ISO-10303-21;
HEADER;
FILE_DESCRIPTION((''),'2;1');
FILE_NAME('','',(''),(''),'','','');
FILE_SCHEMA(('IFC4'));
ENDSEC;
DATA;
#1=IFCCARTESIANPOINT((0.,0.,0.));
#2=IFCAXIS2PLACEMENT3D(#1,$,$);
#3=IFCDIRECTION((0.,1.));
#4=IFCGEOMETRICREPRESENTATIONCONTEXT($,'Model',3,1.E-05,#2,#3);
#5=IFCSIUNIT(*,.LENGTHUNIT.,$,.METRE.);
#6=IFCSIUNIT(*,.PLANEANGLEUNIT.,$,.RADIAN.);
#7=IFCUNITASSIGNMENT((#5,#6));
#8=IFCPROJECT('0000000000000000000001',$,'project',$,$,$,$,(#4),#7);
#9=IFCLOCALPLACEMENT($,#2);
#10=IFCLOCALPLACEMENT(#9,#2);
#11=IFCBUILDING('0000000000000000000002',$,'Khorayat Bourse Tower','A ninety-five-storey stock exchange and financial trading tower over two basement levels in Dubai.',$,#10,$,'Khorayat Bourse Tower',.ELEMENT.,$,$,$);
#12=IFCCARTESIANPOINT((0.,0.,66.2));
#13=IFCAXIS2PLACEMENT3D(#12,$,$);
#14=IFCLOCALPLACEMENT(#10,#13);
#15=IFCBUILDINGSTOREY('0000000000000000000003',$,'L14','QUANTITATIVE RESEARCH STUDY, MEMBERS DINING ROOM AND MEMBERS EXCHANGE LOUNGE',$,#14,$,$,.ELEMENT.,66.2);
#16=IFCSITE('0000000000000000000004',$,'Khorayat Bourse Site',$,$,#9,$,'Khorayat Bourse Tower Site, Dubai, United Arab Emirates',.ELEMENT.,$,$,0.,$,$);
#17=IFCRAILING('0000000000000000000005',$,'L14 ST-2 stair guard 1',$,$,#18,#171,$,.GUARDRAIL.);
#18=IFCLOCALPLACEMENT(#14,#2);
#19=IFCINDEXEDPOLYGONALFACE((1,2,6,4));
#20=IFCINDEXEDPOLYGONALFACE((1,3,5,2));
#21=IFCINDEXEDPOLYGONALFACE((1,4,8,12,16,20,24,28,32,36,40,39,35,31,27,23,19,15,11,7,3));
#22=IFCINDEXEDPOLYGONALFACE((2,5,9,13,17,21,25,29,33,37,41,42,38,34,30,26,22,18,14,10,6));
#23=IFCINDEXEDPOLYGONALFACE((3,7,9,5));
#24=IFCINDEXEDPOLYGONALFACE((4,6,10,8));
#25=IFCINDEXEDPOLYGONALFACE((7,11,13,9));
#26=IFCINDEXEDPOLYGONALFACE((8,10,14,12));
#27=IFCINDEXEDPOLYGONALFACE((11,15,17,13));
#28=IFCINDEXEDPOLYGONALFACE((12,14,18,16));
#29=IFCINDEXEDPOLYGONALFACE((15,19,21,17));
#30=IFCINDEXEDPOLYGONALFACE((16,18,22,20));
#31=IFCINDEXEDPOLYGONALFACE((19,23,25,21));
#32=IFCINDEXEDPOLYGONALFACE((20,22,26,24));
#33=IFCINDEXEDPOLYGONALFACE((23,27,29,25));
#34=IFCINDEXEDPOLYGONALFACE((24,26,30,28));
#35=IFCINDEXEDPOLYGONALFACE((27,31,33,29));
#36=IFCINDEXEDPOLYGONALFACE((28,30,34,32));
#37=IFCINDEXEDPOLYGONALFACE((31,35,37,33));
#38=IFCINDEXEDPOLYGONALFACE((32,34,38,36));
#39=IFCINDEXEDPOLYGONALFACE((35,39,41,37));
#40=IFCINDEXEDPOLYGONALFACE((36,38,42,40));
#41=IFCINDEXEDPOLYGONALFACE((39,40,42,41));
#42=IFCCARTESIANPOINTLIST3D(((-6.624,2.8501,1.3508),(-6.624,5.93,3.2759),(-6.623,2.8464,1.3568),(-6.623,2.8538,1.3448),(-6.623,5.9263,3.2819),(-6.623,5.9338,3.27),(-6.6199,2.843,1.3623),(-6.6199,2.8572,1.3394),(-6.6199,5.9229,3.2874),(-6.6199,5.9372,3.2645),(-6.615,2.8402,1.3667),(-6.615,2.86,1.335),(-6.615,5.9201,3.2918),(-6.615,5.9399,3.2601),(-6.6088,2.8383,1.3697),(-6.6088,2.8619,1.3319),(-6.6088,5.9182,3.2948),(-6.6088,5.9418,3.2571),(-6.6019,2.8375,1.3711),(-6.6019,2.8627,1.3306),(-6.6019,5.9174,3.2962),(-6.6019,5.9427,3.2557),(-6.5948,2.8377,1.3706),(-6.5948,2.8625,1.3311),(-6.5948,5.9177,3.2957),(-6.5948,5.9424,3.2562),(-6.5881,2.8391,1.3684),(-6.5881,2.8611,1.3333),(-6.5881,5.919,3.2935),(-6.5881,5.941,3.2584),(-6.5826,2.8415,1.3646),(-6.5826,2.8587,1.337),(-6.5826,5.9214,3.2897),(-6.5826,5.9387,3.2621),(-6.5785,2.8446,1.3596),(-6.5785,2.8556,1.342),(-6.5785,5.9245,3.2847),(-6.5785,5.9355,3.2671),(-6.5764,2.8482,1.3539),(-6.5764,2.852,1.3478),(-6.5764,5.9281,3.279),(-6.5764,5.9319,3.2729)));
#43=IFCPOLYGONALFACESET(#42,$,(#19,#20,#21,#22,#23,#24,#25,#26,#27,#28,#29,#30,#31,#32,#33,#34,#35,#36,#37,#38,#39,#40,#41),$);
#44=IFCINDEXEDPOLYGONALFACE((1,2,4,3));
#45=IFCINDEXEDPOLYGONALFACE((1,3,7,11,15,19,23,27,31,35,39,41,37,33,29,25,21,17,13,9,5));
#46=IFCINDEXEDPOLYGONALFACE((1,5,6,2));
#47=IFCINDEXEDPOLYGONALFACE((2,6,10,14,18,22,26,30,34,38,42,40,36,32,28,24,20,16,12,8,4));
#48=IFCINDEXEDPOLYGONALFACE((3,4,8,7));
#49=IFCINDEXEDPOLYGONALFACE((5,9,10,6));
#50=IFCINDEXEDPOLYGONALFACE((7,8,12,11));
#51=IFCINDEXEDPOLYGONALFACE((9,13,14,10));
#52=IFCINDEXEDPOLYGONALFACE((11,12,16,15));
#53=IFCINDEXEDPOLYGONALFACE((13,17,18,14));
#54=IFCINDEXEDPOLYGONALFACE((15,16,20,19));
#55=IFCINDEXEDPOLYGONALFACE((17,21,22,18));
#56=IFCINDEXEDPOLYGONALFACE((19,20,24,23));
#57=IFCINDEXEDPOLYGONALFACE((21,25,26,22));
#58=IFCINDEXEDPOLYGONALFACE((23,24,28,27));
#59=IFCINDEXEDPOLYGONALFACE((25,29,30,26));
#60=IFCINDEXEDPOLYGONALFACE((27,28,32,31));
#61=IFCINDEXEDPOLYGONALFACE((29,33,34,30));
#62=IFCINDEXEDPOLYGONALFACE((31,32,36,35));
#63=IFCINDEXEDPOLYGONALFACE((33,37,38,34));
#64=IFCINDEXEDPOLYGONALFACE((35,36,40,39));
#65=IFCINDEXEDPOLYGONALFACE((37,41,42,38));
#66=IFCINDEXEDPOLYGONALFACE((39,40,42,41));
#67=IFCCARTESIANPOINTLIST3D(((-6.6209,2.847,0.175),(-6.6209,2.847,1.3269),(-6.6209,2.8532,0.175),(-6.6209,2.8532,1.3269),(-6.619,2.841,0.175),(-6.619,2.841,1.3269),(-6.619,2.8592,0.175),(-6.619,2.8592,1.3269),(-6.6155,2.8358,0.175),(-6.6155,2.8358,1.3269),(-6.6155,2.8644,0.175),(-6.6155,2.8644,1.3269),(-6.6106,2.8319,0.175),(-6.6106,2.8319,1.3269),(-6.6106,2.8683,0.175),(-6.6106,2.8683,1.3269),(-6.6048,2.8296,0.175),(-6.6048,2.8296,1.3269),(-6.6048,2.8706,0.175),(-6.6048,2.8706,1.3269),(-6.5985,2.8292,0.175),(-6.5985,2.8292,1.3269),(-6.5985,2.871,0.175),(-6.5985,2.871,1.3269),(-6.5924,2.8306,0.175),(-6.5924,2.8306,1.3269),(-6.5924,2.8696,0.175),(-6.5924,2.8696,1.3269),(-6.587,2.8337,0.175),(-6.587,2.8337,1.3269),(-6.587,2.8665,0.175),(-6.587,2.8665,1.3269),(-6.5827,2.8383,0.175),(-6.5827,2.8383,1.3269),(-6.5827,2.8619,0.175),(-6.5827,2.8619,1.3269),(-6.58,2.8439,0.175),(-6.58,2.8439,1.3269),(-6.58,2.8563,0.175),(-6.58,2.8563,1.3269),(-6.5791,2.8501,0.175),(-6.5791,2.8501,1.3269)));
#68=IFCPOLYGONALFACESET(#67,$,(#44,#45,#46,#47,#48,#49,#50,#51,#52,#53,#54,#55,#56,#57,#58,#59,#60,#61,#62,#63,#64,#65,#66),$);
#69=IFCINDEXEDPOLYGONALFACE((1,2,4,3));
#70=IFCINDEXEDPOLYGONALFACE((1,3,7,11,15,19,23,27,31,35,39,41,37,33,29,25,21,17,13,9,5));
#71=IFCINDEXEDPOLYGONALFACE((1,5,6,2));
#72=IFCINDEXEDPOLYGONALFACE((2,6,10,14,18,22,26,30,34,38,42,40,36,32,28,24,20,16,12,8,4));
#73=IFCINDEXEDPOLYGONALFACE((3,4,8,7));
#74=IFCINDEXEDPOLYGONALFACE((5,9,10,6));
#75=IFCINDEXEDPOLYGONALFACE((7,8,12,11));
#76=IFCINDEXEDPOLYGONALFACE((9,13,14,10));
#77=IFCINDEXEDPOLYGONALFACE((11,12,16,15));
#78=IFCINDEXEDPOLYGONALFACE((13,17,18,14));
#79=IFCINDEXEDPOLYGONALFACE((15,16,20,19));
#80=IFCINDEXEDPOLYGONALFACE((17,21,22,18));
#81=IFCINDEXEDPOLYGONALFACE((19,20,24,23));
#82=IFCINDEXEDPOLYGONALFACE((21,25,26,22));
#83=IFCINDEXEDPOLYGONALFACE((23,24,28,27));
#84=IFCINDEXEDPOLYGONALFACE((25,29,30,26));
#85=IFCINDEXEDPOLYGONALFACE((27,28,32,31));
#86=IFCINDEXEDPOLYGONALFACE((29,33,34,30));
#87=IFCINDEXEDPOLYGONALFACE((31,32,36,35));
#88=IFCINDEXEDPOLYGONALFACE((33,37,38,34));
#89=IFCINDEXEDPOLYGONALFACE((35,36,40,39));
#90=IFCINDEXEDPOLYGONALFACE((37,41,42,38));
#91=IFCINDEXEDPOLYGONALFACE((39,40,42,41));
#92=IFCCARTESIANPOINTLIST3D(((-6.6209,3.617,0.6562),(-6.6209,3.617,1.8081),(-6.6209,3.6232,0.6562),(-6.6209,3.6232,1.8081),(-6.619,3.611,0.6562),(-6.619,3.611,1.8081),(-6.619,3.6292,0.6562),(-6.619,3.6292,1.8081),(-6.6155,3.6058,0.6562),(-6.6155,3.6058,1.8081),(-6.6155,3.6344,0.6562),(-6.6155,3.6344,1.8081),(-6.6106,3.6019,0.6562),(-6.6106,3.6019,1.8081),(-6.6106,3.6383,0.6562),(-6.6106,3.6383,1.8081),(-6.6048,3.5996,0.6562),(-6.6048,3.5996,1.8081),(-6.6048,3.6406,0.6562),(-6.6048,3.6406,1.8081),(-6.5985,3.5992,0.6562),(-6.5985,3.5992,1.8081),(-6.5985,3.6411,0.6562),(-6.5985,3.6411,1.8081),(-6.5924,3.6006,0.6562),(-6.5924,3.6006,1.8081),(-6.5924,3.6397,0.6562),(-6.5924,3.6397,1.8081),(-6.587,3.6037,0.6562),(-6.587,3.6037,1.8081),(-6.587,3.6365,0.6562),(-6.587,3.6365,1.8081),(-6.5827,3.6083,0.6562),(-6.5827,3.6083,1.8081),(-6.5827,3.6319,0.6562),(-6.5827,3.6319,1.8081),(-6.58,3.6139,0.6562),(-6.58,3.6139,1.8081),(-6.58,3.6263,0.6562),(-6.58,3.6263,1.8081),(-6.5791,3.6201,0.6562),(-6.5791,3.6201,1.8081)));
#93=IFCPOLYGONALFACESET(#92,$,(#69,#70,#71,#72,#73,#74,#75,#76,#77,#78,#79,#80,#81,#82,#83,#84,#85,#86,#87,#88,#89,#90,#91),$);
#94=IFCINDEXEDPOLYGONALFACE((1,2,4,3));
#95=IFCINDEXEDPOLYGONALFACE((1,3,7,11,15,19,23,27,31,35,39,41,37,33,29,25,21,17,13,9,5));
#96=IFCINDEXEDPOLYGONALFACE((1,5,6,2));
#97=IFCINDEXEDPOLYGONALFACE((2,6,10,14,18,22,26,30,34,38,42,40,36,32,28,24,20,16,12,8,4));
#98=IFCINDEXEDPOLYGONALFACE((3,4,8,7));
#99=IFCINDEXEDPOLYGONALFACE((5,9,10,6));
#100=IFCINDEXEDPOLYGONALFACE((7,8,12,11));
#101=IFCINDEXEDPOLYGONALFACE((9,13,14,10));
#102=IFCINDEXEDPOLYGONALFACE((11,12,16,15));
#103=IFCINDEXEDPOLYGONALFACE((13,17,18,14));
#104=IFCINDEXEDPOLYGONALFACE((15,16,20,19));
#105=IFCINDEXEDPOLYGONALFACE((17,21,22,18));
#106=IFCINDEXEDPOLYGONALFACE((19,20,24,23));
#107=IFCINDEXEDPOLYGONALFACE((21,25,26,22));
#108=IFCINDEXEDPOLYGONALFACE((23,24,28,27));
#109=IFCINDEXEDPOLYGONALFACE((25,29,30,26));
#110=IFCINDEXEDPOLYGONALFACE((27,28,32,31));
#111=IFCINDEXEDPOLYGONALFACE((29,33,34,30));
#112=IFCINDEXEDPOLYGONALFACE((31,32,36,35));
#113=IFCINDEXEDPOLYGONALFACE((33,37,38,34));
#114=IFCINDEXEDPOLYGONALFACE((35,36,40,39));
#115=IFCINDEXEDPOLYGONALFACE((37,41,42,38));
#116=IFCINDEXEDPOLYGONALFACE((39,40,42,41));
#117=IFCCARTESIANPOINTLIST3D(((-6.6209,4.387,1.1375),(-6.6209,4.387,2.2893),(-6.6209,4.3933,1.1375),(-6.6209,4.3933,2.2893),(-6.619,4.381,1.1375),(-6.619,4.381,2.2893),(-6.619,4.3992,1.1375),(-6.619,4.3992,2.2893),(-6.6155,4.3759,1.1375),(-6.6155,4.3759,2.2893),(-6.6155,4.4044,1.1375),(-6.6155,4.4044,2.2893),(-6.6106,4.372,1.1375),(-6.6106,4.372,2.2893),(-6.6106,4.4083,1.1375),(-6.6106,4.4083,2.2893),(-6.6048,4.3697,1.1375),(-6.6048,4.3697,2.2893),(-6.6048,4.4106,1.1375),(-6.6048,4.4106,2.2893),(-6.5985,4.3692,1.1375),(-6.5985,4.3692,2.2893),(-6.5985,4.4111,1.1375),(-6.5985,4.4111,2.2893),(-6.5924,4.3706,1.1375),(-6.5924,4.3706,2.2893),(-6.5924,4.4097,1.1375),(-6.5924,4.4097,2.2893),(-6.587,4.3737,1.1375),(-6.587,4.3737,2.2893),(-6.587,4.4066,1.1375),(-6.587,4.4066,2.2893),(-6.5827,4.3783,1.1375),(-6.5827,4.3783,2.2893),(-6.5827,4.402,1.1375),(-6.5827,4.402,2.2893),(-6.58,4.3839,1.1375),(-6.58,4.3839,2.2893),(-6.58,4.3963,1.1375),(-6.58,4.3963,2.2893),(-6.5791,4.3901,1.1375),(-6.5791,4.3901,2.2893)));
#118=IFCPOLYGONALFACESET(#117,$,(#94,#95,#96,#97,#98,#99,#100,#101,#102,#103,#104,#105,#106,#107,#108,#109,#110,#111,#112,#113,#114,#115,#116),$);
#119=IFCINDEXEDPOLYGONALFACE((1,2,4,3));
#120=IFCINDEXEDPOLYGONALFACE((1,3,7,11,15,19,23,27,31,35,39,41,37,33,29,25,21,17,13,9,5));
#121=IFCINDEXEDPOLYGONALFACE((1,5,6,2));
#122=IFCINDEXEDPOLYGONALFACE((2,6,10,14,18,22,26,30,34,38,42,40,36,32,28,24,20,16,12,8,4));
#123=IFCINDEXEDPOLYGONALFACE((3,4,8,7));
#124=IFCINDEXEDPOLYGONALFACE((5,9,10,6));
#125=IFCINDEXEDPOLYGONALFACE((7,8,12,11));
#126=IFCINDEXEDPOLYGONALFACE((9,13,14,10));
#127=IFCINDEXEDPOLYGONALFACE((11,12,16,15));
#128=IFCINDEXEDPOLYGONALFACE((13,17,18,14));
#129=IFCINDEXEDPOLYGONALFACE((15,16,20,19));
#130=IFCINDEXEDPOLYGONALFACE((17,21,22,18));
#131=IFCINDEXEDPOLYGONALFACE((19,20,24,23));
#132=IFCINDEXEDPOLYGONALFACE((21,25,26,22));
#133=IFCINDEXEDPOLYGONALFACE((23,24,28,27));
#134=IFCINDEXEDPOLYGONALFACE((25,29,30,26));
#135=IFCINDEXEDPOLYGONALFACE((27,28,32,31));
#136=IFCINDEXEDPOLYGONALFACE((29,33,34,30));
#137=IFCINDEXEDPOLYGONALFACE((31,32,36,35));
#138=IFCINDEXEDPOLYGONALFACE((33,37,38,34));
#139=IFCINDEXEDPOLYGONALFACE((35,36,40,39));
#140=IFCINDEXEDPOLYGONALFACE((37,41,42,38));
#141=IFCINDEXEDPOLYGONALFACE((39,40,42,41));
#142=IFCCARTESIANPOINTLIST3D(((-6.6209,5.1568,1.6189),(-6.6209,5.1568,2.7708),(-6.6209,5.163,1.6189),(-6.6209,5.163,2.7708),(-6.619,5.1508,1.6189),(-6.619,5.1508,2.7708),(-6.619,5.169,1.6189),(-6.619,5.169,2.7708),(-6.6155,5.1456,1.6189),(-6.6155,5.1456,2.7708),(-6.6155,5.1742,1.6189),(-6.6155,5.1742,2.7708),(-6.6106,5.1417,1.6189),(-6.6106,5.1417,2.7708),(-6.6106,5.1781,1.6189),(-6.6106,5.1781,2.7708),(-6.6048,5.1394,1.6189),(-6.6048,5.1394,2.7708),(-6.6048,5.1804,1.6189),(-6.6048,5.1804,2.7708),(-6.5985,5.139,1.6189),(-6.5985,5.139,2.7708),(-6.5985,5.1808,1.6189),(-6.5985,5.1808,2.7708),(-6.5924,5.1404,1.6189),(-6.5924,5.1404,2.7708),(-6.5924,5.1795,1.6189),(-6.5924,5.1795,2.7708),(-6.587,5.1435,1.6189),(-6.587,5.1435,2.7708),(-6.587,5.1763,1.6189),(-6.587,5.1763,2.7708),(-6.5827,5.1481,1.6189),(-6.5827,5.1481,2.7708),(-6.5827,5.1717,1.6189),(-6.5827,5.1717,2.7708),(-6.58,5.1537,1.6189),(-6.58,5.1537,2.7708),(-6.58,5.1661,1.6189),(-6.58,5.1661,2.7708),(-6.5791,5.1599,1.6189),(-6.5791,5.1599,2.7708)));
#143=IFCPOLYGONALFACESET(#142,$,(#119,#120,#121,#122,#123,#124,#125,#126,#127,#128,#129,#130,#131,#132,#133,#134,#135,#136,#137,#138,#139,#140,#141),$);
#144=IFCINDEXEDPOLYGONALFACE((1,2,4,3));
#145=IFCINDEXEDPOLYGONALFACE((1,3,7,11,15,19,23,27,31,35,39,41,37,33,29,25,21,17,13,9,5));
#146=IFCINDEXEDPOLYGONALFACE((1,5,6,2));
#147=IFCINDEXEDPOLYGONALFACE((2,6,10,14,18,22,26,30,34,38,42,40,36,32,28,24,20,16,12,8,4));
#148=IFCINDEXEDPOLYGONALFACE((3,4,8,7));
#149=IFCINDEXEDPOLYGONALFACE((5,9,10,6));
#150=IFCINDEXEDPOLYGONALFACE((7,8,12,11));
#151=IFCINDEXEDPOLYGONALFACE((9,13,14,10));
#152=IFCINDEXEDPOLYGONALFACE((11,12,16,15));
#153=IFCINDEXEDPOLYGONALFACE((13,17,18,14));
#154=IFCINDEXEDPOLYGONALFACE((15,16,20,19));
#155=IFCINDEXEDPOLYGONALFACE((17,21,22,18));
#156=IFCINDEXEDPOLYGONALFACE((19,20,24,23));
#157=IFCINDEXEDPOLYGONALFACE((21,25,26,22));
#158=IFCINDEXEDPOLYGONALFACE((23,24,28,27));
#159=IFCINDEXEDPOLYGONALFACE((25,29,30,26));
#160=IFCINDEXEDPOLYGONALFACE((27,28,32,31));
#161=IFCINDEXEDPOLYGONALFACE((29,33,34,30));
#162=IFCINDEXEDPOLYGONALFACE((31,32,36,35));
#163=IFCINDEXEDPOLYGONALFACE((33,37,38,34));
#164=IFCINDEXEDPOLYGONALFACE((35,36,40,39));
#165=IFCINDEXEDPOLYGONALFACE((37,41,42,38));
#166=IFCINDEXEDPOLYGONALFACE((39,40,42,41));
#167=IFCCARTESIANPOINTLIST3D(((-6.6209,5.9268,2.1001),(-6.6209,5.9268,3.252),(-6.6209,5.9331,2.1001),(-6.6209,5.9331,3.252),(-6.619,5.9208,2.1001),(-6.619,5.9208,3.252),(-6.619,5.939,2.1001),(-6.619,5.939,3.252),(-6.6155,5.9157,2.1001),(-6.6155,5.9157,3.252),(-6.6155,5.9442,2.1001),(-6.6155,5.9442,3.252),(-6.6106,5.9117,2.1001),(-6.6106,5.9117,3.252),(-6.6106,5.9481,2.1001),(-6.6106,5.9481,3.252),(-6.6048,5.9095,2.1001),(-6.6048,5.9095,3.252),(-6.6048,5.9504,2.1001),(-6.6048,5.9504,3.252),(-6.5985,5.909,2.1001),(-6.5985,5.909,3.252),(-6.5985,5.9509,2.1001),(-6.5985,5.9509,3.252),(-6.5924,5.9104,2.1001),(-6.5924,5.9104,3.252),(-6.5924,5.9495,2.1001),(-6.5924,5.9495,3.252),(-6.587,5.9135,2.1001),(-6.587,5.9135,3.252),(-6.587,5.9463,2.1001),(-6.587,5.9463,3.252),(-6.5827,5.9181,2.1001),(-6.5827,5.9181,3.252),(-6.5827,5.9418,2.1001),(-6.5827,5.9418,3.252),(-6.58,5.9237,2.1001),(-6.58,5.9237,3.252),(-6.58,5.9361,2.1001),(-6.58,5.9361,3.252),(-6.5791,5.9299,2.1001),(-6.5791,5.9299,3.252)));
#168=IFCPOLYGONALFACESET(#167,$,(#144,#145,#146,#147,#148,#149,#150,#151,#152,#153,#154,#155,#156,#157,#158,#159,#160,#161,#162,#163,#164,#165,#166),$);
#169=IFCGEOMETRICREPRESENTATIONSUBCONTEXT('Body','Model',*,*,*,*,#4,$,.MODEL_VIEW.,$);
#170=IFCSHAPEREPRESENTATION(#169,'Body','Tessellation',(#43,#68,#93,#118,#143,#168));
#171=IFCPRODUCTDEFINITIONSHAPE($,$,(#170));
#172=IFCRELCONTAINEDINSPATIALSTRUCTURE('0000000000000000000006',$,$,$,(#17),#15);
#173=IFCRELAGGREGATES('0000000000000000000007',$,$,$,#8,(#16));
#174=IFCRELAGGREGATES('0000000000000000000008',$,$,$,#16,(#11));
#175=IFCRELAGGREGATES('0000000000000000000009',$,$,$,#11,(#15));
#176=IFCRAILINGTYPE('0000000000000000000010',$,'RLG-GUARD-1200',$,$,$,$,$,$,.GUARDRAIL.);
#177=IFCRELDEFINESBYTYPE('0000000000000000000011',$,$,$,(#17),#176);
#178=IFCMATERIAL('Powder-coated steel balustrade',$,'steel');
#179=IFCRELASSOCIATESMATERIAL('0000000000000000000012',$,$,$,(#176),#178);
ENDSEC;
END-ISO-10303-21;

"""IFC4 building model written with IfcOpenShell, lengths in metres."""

from ifc_helpers import new_model, si_unit, direction, frame, origin, origin_2d, place, context, subcontext, project, spatial, circle, extrude, source, transform, mapped, material, type_object, element, save


model = new_model("IFC4")

# Units and contexts
model_context = context("Model", 3, precision=1e-05, world=origin(), true_north=direction((0.0, 1.0)))
body_context = subcontext(model_context, "Body", "Model", "MODEL_VIEW")
ifc_project = project(units=[si_unit("LENGTHUNIT", "METRE"), si_unit("PLANEANGLEUNIT", "RADIAN")], contexts=[model_context])

# Site, building, storey
site_placement = place(None, origin())
site = spatial("IfcSite", under=ifc_project, at=site_placement, Name="Khorayat Bourse Site", LongName="Khorayat Bourse Tower Site, Dubai, United Arab Emirates", CompositionType="ELEMENT", RefElevation=0.0)
building_placement = place(site_placement, origin())
building = spatial("IfcBuilding", under=site, at=building_placement, Name="Khorayat Bourse Tower", Description="A ninety-five-storey stock exchange and financial trading tower over two basement levels in Dubai.", LongName="Khorayat Bourse Tower", CompositionType="ELEMENT")
storey_placement = place(building_placement, frame((0.0, 0.0, 66.2)))
storey = spatial("IfcBuildingStorey", under=building, at=storey_placement, Name="L14", Description="QUANTITATIVE RESEARCH STUDY, MEMBERS DINING ROOM AND MEMBERS EXCHANGE LOUNGE", CompositionType="ELEMENT", Elevation=66.2)

# Railing
ifc_material_1 = material(Name="Powder-coated steel balustrade", Category="steel")
railing_type_1 = type_object("IfcRailingType", Name="RLG-GUARD-1200", PredefinedType="GUARDRAIL", material=ifc_material_1)
shared_shape_1 = source(origin(), body_context, "Body", "SweptSolid", [
    extrude(circle(Radius=0.0239, at=origin_2d()), frame((0.0, 0.0, 1.1758), z_axis=(0.0, 0.847979, 0.530029), x_axis=(-1.0, 0.0, 0.0)), (0.0, 0.0, 1.0), 3.6321),
    extrude(circle(Radius=0.021, at=origin_2d()), origin(), (0.0, 0.0, 1.0), 1.1519),
    extrude(circle(Radius=0.021, at=origin_2d()), frame((0.0, 0.77, 0.4812)), (0.0, 0.0, 1.0), 1.1519),
    extrude(circle(Radius=0.021, at=origin_2d()), frame((0.0, 1.54, 0.9624)), (0.0, 0.0, 1.0), 1.1519),
    extrude(circle(Radius=0.021, at=origin_2d()), frame((0.0, 2.3098, 1.4438)), (0.0, 0.0, 1.0), 1.1519),
    extrude(circle(Radius=0.021, at=origin_2d()), frame((0.0, 3.0798, 1.925)), (0.0, 0.0, 1.0), 1.1519),
])
railing_1_placement = place(storey_placement, frame((-6.6001, 2.8501, 0.175)))
element("IfcRailing", 1, at=railing_1_placement, inside=storey, type_object=railing_type_1, Name="L14 ST-2 stair guard 1", PredefinedType="GUARDRAIL", context=body_context, shape_type="MappedRepresentation", body=[
    mapped(shared_shape_1, transform((0.0, 0.0, 0.0), scale=1.0)),
])

save(model, "model.ifc")
